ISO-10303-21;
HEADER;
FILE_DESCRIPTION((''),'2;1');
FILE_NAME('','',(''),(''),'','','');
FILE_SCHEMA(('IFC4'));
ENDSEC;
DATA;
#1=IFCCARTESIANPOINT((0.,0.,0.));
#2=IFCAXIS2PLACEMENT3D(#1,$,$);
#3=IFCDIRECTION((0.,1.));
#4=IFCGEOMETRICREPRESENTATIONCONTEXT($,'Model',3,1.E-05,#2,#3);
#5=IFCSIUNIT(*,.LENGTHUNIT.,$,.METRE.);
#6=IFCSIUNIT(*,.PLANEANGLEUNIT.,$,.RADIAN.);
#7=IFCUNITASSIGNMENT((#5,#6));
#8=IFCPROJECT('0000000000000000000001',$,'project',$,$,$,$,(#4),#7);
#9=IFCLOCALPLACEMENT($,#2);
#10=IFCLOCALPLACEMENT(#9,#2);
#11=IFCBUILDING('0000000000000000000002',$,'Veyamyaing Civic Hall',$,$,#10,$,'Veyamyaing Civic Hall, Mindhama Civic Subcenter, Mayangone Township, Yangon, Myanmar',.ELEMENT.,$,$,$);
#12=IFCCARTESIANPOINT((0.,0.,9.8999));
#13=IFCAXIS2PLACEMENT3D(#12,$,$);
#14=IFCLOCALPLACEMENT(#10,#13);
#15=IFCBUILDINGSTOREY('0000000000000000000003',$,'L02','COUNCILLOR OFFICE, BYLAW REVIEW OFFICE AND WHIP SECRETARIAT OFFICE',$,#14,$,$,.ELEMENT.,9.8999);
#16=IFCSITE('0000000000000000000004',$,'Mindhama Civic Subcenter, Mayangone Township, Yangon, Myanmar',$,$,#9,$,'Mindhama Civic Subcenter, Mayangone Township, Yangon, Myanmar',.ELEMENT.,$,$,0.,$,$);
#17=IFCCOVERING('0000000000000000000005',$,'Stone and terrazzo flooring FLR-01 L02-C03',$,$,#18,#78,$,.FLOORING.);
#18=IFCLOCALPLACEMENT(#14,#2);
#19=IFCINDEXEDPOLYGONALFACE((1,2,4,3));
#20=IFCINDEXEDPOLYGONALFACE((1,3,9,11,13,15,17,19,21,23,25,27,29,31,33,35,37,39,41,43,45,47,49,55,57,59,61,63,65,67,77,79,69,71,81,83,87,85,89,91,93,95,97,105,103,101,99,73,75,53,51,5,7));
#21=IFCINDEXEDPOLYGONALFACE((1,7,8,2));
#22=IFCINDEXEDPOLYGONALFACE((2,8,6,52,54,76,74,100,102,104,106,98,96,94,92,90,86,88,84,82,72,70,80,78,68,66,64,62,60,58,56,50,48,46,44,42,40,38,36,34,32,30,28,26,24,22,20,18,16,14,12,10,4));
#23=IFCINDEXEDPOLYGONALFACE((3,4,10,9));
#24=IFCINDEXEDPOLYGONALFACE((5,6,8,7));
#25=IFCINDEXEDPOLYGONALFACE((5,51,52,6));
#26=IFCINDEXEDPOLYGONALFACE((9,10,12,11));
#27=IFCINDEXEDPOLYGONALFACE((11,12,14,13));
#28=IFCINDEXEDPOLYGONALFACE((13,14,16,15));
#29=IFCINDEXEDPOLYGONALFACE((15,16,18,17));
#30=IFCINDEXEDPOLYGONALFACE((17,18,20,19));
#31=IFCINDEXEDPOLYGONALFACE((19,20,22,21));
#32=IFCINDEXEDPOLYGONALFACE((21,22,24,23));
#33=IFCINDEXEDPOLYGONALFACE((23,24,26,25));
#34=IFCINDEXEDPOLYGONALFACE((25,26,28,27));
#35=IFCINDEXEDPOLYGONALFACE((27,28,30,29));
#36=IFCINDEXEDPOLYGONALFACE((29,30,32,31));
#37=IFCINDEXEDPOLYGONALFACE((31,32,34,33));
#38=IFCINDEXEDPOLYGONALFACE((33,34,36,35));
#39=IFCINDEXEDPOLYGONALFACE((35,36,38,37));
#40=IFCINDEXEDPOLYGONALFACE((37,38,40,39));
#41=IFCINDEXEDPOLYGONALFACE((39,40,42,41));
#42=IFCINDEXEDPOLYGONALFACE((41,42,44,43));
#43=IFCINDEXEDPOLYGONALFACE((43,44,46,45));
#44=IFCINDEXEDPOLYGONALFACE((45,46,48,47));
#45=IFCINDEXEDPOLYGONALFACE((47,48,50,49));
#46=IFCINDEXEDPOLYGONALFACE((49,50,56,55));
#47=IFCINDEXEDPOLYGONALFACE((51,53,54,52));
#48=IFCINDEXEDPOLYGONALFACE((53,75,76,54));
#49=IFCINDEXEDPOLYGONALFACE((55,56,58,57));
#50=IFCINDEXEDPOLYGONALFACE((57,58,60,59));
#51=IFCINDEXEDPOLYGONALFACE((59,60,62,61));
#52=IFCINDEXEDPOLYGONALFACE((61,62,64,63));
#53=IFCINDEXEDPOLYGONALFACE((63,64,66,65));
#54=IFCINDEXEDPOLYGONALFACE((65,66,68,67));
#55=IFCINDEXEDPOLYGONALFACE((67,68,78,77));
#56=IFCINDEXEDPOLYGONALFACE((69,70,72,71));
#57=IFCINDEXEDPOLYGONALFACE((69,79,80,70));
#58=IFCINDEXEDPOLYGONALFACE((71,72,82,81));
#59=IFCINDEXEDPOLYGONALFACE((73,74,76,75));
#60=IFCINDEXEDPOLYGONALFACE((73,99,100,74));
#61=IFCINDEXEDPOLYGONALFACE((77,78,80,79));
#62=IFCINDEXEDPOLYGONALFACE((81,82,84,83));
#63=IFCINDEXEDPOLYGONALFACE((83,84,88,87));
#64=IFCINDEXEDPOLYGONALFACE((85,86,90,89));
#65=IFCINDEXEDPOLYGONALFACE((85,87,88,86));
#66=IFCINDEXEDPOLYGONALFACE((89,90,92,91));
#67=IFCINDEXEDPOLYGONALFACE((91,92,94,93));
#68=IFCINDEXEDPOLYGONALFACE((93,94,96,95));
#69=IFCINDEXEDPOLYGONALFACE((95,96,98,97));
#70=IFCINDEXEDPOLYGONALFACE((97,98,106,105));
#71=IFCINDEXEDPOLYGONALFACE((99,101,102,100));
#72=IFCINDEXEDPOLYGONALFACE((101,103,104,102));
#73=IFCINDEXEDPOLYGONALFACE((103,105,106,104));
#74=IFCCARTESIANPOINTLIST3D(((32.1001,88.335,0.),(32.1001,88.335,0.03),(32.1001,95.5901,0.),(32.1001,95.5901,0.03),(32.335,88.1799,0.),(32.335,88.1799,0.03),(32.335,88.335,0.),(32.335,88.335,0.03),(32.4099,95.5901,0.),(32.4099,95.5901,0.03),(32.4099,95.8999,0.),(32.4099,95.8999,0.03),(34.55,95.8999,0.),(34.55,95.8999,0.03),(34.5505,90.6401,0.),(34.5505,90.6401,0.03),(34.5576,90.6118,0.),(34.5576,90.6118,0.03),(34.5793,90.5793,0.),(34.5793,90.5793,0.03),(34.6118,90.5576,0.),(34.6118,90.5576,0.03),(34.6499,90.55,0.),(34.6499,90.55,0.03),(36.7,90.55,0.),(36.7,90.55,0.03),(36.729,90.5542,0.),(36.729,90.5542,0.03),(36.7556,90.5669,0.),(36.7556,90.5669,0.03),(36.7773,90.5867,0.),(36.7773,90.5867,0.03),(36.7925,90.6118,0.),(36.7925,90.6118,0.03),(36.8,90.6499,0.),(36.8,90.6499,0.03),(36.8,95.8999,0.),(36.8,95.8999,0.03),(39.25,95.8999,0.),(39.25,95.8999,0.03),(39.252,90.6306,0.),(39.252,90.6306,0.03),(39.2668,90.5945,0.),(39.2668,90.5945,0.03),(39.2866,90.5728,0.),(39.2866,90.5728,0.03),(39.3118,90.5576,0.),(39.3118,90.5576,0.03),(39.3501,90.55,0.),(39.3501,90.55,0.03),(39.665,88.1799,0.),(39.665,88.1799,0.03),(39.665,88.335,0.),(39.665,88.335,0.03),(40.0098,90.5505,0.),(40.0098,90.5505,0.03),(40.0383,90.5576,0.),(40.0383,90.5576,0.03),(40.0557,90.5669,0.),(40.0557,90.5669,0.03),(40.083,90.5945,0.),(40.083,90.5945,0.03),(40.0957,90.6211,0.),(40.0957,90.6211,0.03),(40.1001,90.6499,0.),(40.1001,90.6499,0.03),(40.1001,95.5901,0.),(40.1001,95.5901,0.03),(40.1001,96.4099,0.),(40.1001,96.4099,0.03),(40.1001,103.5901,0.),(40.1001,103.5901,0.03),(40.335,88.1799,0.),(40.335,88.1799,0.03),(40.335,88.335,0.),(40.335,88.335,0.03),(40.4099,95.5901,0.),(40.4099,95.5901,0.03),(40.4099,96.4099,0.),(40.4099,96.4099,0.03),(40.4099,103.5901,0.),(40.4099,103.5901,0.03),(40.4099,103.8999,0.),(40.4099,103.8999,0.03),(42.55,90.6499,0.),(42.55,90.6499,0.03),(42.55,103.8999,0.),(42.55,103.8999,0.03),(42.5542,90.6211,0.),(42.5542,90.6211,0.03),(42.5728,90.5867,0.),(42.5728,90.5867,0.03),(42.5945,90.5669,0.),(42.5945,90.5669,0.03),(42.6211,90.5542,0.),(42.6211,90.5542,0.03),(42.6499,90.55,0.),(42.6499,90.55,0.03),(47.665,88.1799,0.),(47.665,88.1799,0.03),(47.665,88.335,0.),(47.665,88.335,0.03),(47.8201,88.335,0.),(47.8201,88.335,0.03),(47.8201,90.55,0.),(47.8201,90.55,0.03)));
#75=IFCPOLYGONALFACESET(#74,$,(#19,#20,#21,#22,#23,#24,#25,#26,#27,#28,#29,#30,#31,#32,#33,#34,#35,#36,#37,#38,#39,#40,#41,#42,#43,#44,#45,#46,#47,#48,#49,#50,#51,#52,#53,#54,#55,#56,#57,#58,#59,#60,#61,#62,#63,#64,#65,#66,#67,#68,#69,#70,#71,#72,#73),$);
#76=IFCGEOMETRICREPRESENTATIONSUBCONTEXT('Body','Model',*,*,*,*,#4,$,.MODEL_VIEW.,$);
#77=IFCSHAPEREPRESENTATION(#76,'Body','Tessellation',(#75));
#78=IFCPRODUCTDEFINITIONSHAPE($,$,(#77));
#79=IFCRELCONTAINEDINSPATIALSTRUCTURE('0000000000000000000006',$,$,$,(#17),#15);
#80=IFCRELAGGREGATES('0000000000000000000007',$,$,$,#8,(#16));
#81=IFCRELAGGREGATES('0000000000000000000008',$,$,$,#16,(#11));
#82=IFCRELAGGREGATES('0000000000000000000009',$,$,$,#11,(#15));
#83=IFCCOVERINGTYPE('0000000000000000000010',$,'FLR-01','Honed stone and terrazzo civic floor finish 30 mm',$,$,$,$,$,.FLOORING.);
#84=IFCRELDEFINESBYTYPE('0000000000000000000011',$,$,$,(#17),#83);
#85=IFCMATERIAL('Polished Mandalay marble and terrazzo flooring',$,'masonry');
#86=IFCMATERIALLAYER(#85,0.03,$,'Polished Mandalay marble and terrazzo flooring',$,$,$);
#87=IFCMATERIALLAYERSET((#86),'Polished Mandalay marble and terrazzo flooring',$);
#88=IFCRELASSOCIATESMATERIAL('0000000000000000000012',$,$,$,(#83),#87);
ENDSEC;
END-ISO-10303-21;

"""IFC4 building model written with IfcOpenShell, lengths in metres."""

from ifc_helpers import new_model, si_unit, direction, frame, origin, place, context, subcontext, project, spatial, polyline, outline, extrude, material, layer, layer_set, type_object, element, save


model = new_model("IFC4")

# Units and contexts
model_context = context("Model", 3, precision=1e-05, world=origin(), true_north=direction((0.0, 1.0)))
body_context = subcontext(model_context, "Body", "Model", "MODEL_VIEW")
ifc_project = project(units=[si_unit("LENGTHUNIT", "METRE"), si_unit("PLANEANGLEUNIT", "RADIAN")], contexts=[model_context])

# Site, building, storey
site_placement = place(None, origin())
site = spatial("IfcSite", under=ifc_project, at=site_placement, Name="Mindhama Civic Subcenter, Mayangone Township, Yangon, Myanmar", LongName="Mindhama Civic Subcenter, Mayangone Township, Yangon, Myanmar", CompositionType="ELEMENT", RefElevation=0.0)
building_placement = place(site_placement, origin())
building = spatial("IfcBuilding", under=site, at=building_placement, Name="Veyamyaing Civic Hall", LongName="Veyamyaing Civic Hall, Mindhama Civic Subcenter, Mayangone Township, Yangon, Myanmar", CompositionType="ELEMENT")
storey_placement = place(building_placement, frame((0.0, 0.0, 9.8999)))
storey = spatial("IfcBuildingStorey", under=building, at=storey_placement, Name="L02", Description="COUNCILLOR OFFICE, BYLAW REVIEW OFFICE AND WHIP SECRETARIAT OFFICE", CompositionType="ELEMENT", Elevation=9.8999)

# Covering
ifc_material_1 = material(Name="Polished Mandalay marble and terrazzo flooring", Category="masonry")
ifc_layer_1 = layer(ifc_material_1, 0.03, Name="Polished Mandalay marble and terrazzo flooring")
ifc_layer_set_1 = layer_set([ifc_layer_1], Name="Polished Mandalay marble and terrazzo flooring")
covering_type_1 = type_object("IfcCoveringType", Name="FLR-01", Description="Honed stone and terrazzo civic floor finish 30 mm", PredefinedType="FLOORING", material=ifc_layer_set_1)
covering_1_placement = place(storey_placement, origin())
element("IfcCovering", 1, at=covering_1_placement, inside=storey, type_object=covering_type_1, Name="Stone and terrazzo flooring FLR-01 L02-C03", PredefinedType="FLOORING", context=body_context, shape_type="SweptSolid", body=[
    extrude(outline(polyline([(34.5576, 90.6118), (34.5793, 90.5793), (34.6118, 90.5576), (34.6499, 90.55), (36.7, 90.55), (36.729, 90.5542), (36.7556, 90.5669), (36.7773, 90.5867), (36.7925, 90.6118), (36.8, 90.6499), (36.8, 95.8999), (39.25, 95.8999), (39.252, 90.6306), (39.2668, 90.5945), (39.2866, 90.5728), (39.3118, 90.5576), (39.3501, 90.55), (40.0098, 90.5505), (40.0383, 90.5576), (40.0557, 90.5669), (40.083, 90.5945), (40.0957, 90.6211), (40.1001, 90.6499), (40.1001, 95.5901), (40.4099, 95.5901), (40.4099, 96.4099), (40.1001, 96.4099), (40.1001, 103.5901), (40.4099, 103.5901), (40.4099, 103.8999), (42.55, 103.8999), (42.55, 90.6499), (42.5542, 90.6211), (42.5728, 90.5867), (42.5945, 90.5669), (42.6211, 90.5542), (42.6499, 90.55), (47.8201, 90.55), (47.8201, 88.335), (47.665, 88.335), (47.665, 88.1799), (40.335, 88.1799), (40.335, 88.335), (39.665, 88.335), (39.665, 88.1799), (32.335, 88.1799), (32.335, 88.335), (32.1001, 88.335), (32.1001, 95.5901), (32.4099, 95.5901), (32.4099, 95.8999), (34.55, 95.8999), (34.5505, 90.6401), (34.5576, 90.6118)])), origin(), (0.0, 0.0, 1.0), 0.03),
])

save(model, "model.ifc")
